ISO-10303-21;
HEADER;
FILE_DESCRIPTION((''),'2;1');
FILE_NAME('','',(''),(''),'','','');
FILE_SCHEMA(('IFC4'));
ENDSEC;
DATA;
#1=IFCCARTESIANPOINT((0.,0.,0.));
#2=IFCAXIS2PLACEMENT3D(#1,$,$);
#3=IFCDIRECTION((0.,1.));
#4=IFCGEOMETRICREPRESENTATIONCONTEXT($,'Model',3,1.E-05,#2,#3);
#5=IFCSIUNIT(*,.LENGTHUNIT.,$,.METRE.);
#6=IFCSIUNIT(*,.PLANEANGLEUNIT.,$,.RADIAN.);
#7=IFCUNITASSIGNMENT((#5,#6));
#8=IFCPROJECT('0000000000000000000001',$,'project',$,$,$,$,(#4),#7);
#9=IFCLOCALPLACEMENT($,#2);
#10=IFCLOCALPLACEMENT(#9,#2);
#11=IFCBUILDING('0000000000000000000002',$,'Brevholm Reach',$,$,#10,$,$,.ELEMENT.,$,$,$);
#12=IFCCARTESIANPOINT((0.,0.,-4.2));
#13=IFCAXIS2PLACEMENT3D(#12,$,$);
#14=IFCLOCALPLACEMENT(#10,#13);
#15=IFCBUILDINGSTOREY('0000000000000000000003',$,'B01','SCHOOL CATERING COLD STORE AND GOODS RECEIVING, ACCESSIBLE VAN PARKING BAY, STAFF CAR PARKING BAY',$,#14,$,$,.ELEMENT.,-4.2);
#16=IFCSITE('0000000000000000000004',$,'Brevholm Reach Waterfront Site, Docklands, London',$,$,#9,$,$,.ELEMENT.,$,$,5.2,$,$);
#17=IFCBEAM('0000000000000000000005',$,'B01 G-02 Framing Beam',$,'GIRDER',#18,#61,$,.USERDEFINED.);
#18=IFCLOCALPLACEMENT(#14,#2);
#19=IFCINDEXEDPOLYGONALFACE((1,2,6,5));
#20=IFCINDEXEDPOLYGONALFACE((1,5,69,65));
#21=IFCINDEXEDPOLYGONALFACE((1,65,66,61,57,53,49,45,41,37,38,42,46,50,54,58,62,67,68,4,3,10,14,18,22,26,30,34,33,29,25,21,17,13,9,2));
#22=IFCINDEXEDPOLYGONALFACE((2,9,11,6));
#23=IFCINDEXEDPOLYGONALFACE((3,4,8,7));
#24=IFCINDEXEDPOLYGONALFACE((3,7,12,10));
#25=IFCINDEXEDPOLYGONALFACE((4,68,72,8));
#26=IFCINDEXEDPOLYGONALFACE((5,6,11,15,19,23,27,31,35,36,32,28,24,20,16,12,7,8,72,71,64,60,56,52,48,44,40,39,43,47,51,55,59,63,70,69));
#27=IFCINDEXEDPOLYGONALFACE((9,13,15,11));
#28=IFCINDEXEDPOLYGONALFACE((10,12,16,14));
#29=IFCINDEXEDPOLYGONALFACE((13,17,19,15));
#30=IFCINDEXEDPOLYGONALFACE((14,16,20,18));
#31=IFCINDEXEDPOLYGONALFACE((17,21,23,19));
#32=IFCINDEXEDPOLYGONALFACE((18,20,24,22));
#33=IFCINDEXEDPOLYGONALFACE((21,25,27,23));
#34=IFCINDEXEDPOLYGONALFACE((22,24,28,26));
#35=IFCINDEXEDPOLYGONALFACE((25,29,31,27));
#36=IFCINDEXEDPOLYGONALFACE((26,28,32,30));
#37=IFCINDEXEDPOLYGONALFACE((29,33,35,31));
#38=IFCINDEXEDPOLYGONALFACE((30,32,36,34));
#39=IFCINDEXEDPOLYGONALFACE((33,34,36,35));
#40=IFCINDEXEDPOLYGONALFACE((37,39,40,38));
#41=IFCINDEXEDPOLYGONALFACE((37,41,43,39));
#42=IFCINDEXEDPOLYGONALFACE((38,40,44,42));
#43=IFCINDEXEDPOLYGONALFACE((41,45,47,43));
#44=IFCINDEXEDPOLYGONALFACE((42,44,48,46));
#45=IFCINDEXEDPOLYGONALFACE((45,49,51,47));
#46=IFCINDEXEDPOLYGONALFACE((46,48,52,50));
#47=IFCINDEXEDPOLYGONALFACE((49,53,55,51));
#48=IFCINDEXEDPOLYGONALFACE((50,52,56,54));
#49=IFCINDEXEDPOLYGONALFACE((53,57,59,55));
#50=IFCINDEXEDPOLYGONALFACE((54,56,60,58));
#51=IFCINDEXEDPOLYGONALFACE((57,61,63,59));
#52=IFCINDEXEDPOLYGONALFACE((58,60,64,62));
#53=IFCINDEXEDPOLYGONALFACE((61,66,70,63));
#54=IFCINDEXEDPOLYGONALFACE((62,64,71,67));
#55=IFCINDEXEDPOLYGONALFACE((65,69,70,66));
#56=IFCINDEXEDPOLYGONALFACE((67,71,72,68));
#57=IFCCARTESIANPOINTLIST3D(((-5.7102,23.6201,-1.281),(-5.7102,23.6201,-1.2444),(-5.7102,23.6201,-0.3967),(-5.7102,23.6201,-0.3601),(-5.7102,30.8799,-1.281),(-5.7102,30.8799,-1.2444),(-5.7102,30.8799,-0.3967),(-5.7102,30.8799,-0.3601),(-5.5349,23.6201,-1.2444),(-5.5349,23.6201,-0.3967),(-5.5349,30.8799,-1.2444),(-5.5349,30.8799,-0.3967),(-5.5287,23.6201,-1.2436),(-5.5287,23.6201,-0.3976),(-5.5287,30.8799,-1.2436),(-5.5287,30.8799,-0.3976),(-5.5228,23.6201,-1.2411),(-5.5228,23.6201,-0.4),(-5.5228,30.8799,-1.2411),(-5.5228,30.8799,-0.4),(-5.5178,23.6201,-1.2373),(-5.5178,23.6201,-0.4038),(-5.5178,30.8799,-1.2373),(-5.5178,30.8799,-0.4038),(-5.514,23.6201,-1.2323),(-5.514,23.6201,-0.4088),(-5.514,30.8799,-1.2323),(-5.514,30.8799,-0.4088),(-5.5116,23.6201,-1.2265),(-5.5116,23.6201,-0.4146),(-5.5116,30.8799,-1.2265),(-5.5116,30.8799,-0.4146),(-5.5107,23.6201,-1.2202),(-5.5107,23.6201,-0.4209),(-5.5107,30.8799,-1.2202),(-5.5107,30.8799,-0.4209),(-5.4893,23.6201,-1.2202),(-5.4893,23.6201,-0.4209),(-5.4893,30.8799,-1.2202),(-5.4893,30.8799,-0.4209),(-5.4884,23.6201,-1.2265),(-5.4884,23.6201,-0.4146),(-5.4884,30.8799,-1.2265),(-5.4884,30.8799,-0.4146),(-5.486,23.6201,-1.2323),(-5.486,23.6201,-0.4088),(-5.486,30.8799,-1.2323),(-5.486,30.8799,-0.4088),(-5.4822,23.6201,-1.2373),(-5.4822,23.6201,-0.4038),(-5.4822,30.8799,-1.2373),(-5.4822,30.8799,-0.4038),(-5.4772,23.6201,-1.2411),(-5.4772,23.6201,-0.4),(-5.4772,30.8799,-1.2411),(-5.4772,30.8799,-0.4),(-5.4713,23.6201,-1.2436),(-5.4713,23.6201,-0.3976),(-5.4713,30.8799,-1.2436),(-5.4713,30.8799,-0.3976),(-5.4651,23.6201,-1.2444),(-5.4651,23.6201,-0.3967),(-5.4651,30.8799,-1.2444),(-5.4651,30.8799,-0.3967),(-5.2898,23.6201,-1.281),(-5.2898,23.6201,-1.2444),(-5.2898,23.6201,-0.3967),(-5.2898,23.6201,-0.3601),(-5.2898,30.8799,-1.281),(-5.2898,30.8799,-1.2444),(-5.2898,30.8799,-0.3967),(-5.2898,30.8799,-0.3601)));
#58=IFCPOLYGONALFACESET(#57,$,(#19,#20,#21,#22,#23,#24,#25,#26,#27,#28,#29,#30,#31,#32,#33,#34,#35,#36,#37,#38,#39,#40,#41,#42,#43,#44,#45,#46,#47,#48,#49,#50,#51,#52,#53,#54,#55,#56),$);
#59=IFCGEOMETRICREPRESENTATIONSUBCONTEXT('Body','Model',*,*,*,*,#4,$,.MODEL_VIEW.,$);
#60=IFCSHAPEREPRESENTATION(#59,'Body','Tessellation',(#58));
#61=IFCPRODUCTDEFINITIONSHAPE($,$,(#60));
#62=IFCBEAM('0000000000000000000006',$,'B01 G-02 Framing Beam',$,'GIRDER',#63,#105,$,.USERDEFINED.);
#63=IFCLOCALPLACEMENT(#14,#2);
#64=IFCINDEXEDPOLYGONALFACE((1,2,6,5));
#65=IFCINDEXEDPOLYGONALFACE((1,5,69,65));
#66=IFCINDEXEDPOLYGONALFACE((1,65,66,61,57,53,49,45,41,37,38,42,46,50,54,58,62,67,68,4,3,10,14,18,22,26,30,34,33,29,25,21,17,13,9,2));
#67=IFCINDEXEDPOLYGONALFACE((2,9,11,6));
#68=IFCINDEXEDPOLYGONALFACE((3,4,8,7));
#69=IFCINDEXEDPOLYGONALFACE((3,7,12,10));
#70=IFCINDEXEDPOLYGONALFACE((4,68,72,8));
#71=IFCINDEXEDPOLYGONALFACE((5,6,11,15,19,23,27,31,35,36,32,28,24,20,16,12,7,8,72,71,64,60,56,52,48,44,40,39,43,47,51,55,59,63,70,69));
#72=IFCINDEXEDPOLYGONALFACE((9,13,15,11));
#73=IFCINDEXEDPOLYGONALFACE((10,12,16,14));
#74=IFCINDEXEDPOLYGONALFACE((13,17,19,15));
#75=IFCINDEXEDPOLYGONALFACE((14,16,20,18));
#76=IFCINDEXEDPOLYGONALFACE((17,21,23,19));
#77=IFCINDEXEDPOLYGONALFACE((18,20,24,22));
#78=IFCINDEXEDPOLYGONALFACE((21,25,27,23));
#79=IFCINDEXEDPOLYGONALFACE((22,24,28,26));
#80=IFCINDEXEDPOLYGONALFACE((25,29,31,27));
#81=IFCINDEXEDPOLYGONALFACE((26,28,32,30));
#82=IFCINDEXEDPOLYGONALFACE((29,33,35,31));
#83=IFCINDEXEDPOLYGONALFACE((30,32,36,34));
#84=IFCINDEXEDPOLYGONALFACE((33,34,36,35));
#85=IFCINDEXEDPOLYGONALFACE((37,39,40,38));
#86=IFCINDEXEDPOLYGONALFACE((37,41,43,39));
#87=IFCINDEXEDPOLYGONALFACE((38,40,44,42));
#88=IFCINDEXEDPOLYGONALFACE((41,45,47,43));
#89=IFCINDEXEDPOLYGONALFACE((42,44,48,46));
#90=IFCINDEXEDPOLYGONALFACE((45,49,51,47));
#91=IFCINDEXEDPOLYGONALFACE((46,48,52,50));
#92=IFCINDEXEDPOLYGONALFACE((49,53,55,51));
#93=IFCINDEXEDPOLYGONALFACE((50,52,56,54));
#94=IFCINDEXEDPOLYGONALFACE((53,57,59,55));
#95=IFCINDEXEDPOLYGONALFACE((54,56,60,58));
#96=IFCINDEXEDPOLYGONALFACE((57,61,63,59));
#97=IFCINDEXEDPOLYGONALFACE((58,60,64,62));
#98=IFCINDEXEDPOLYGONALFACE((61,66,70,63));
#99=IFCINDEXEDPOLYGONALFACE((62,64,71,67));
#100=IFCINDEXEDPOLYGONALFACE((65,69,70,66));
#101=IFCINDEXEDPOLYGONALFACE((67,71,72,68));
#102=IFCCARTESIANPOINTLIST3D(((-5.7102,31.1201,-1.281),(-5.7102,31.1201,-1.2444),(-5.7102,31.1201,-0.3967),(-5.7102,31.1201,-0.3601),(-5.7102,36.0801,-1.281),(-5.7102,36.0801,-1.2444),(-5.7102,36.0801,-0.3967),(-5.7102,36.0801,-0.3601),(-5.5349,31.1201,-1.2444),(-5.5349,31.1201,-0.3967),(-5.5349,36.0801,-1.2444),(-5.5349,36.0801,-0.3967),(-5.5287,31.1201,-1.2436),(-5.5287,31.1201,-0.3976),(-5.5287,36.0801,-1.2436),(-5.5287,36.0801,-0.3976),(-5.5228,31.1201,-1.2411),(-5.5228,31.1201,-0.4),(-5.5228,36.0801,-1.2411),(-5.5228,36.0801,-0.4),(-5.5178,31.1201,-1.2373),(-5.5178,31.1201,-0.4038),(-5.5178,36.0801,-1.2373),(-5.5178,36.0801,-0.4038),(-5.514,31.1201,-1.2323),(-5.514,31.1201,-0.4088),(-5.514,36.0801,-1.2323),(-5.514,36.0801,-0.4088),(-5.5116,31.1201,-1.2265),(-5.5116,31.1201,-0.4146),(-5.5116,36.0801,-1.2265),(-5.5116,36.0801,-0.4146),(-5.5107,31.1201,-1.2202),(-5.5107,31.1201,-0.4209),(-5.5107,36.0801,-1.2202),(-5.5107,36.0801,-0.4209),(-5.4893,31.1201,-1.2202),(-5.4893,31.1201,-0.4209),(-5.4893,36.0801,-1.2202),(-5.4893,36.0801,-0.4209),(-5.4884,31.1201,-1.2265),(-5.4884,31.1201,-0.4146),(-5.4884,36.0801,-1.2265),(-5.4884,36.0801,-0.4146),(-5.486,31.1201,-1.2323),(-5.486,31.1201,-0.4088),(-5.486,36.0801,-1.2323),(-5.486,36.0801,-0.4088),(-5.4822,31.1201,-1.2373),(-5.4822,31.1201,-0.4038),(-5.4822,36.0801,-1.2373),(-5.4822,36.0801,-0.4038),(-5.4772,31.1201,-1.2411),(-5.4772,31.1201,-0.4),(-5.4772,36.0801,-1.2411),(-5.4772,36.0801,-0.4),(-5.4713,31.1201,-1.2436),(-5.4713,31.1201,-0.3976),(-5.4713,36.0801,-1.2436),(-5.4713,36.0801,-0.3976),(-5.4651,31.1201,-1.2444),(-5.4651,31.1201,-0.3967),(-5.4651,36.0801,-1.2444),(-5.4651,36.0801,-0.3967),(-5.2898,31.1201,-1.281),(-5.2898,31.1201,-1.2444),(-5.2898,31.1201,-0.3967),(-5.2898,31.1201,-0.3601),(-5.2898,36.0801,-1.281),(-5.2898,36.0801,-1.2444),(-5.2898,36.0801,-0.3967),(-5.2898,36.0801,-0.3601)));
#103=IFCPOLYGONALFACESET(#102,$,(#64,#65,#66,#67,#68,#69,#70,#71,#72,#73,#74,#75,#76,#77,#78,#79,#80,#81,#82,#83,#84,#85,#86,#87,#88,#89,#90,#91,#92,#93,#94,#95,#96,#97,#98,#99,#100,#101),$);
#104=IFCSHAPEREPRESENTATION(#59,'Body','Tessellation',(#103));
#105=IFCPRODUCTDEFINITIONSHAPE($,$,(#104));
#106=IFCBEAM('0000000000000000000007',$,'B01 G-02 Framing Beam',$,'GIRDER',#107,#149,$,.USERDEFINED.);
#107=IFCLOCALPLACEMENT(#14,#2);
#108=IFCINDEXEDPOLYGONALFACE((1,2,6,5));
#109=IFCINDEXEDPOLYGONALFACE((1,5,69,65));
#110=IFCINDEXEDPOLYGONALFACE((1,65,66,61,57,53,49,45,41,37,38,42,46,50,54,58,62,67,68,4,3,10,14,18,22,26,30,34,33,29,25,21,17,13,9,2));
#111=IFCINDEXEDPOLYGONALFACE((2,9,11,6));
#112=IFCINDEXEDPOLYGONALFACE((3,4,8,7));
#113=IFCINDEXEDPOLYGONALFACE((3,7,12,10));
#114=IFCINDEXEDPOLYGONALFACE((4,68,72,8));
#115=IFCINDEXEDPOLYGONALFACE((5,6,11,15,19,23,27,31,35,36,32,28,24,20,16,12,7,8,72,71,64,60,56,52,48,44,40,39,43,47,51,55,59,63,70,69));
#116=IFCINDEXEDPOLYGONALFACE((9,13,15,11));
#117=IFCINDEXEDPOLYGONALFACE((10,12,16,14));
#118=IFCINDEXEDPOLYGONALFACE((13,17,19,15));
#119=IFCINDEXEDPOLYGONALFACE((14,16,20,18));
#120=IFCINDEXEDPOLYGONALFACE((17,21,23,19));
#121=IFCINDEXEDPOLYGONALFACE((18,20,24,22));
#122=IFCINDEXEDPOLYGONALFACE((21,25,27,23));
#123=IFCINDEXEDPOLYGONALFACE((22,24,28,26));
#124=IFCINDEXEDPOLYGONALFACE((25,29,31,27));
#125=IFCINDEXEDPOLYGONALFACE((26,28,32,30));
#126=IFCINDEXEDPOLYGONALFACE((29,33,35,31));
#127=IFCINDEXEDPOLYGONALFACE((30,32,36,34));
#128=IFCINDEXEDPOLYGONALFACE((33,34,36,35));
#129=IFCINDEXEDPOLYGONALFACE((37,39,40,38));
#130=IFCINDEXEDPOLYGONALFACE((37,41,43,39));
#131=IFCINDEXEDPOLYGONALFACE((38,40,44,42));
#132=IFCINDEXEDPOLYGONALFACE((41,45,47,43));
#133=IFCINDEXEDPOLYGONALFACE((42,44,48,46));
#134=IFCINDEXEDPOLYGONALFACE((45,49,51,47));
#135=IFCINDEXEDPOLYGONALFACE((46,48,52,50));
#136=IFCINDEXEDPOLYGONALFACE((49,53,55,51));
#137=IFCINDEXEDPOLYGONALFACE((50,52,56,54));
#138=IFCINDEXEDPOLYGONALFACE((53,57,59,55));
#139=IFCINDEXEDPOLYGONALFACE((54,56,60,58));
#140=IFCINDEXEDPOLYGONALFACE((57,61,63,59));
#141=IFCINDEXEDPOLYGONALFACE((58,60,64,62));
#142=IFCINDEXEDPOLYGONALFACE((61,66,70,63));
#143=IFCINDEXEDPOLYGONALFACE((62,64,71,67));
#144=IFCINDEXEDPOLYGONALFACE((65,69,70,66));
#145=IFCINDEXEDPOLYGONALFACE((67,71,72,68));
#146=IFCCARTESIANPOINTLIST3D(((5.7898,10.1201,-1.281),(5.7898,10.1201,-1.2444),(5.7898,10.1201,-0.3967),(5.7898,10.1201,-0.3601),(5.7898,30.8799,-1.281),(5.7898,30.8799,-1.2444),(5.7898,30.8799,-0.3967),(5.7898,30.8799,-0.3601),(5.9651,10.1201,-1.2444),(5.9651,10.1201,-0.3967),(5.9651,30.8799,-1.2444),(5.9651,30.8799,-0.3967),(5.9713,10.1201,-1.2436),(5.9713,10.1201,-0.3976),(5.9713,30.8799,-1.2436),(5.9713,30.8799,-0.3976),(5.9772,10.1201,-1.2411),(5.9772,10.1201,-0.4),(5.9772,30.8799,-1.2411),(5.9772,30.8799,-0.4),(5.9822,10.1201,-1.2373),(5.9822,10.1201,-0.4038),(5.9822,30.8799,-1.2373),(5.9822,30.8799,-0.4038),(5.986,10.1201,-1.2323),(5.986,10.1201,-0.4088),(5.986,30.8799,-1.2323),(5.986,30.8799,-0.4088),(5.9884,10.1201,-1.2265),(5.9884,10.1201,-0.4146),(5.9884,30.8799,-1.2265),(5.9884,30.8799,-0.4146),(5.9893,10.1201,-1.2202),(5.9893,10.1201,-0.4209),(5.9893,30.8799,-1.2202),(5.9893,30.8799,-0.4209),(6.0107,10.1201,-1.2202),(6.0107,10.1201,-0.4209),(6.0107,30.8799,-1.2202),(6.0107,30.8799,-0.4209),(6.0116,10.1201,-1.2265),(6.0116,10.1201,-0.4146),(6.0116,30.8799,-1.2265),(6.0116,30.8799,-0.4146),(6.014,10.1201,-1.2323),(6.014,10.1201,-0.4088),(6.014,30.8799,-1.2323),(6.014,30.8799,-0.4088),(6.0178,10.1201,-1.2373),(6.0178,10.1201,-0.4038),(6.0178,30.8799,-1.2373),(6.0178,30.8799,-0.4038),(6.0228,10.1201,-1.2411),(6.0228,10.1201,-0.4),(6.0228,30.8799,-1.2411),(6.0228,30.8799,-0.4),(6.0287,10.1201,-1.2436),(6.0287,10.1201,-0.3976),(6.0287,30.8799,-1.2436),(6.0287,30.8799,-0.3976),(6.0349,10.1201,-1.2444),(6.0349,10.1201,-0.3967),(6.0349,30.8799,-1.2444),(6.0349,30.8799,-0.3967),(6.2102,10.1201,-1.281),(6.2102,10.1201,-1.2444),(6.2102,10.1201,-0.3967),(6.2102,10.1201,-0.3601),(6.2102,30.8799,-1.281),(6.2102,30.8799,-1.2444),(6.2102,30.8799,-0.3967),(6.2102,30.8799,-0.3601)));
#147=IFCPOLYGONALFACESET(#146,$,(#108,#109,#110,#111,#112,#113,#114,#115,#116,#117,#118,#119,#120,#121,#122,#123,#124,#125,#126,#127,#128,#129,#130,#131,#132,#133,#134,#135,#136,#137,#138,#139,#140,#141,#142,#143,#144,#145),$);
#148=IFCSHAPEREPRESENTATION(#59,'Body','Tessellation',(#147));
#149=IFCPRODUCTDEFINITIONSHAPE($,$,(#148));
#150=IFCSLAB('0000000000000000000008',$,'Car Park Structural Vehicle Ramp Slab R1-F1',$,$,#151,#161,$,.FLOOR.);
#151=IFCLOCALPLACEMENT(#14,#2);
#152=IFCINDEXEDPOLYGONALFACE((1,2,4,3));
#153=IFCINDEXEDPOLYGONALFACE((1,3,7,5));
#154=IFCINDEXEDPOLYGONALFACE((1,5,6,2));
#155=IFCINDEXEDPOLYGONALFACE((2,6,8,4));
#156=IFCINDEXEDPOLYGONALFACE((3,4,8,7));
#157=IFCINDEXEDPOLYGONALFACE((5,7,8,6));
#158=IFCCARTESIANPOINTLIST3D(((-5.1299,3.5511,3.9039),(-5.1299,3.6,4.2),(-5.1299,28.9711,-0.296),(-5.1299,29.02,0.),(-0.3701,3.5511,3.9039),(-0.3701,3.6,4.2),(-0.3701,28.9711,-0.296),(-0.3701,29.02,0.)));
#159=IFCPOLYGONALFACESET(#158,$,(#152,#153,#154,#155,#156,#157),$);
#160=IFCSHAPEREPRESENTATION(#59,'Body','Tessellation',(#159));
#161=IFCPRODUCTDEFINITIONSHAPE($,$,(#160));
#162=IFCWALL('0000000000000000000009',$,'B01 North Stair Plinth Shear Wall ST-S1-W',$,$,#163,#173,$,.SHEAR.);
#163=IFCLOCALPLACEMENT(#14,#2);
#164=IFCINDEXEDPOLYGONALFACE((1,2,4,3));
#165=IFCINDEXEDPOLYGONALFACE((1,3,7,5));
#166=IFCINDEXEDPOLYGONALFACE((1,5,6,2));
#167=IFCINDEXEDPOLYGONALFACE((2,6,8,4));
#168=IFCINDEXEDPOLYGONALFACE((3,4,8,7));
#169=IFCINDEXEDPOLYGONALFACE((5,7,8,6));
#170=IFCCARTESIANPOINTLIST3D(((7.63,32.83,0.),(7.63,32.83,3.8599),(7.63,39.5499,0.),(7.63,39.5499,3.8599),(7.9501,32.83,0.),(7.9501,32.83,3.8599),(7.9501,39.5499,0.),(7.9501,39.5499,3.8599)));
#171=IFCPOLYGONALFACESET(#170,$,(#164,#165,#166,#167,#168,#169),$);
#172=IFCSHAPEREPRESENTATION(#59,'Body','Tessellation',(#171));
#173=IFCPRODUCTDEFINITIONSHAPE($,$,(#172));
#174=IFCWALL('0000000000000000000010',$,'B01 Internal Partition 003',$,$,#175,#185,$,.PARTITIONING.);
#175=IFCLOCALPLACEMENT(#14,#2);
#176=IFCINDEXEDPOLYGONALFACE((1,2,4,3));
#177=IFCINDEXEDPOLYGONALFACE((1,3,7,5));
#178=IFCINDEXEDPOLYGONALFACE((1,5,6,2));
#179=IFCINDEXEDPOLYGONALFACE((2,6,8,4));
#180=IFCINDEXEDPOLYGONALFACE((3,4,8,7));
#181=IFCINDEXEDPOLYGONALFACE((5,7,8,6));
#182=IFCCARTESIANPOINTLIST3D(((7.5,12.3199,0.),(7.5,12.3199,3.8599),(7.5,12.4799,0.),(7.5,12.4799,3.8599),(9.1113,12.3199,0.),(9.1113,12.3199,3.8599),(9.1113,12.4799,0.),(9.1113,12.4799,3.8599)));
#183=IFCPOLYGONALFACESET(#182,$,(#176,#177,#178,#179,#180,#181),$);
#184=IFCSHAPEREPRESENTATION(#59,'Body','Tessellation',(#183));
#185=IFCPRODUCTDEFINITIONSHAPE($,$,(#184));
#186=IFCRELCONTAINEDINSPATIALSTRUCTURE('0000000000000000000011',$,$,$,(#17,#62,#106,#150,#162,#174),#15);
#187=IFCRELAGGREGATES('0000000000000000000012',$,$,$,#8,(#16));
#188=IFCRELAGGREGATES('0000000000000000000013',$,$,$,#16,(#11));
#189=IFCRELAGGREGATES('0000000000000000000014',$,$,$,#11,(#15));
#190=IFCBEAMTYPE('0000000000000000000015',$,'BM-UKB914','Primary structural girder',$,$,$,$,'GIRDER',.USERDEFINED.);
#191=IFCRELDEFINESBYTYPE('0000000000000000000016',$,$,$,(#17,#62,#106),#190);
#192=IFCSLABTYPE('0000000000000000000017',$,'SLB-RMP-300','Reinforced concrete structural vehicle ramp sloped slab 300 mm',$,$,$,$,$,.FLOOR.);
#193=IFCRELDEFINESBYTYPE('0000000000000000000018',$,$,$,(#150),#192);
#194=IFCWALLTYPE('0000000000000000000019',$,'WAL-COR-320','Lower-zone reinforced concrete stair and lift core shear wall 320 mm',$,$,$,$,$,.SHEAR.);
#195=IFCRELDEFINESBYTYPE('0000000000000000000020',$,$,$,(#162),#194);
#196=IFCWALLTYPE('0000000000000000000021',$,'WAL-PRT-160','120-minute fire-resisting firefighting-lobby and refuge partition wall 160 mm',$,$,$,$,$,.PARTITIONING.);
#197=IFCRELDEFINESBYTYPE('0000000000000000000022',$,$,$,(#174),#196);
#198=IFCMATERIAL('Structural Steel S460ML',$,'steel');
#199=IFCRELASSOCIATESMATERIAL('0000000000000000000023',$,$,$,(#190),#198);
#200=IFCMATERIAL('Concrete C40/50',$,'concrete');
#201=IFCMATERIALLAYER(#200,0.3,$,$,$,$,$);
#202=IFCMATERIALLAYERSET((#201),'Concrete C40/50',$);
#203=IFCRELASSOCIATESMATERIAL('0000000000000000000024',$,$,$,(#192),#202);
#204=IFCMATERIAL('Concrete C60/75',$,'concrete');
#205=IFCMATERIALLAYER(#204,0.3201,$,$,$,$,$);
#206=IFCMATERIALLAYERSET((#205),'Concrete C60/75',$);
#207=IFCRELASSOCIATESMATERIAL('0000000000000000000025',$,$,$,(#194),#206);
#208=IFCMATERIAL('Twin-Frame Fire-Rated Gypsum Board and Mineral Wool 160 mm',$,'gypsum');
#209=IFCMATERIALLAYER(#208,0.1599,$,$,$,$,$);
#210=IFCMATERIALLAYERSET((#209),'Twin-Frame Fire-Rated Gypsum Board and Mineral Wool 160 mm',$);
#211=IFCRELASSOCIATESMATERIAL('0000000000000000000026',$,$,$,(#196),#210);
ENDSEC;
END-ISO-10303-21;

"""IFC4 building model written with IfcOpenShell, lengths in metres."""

from ifc_helpers import new_model, si_unit, direction, frame, frame_2d, origin, origin_2d, place, context, subcontext, project, spatial, polyline, rectangle, i_section, outline, extrude, material, layer, layer_set, material_profile, profile_set, type_object, element, save


model = new_model("IFC4")

# Units and contexts
model_context = context("Model", 3, precision=1e-05, world=origin(), true_north=direction((0.0, 1.0)))
body_context = subcontext(model_context, "Body", "Model", "MODEL_VIEW")
ifc_project = project(units=[si_unit("LENGTHUNIT", "METRE"), si_unit("PLANEANGLEUNIT", "RADIAN")], contexts=[model_context])

# Site, building, storey
site_placement = place(None, origin())
site = spatial("IfcSite", under=ifc_project, at=site_placement, Name="Brevholm Reach Waterfront Site, Docklands, London", CompositionType="ELEMENT", RefElevation=5.2)
building_placement = place(site_placement, origin())
building = spatial("IfcBuilding", under=site, at=building_placement, Name="Brevholm Reach", CompositionType="ELEMENT")
storey_placement = place(building_placement, frame((0.0, 0.0, -4.2)))
storey = spatial("IfcBuildingStorey", under=building, at=storey_placement, Name="B01", Description="SCHOOL CATERING COLD STORE AND GOODS RECEIVING, ACCESSIBLE VAN PARKING BAY, STAFF CAR PARKING BAY", CompositionType="ELEMENT", Elevation=-4.2)

# Beams
ifc_material_1 = material(Name="Structural Steel S460ML", Category="steel")
ifc_material_profile_1 = material_profile(ifc_material_1, i_section(OverallWidth=0.4204, OverallDepth=0.9209, WebThickness=0.0215, FlangeThickness=0.0366, FilletRadius=0.0242, at=origin_2d()), Name="UKB 914x419x388")
ifc_profile_set_1 = profile_set([ifc_material_profile_1], Name="Structural Steel S460ML")
beam_type_1 = type_object("IfcBeamType", Name="BM-UKB914", Description="Primary structural girder", ElementType="GIRDER", PredefinedType="USERDEFINED", material=ifc_profile_set_1)
for number, where, z_axis, x_axis, name in (
    (1, (-5.5, 23.6201, -0.8206), (0.0, 1.0, 0.0), (-1.0, 0.0, 0.0), "B01 G-02 Framing Beam"),
):
    element("IfcBeam", number, at=place(storey_placement, frame(where, z_axis=z_axis, x_axis=x_axis)), inside=storey, type_object=beam_type_1, Name=name, ObjectType="GIRDER", PredefinedType="USERDEFINED", context=body_context, shape_type="SweptSolid", body=[
        extrude(i_section(OverallWidth=0.4204, OverallDepth=0.9209, WebThickness=0.0215, FlangeThickness=0.0366, FilletRadius=0.0242, at=origin_2d()), origin(), (0.0, 0.0, 1.0), 7.2598),
    ])
beam_1_placement = place(storey_placement, frame((-5.5, 31.1201, -0.8206), z_axis=(0.0, 1.0, 0.0), x_axis=(-1.0, 0.0, 0.0)))
element("IfcBeam", 2, at=beam_1_placement, inside=storey, type_object=beam_type_1, Name="B01 G-02 Framing Beam", ObjectType="GIRDER", PredefinedType="USERDEFINED", context=body_context, shape_type="SweptSolid", body=[
    extrude(i_section(OverallWidth=0.4204, OverallDepth=0.9209, WebThickness=0.0215, FlangeThickness=0.0366, FilletRadius=0.0242, at=origin_2d()), origin(), (0.0, 0.0, 1.0), 4.96),
])
beam_2_placement = place(storey_placement, frame((6.0, 10.1201, -0.8206), z_axis=(0.0, 1.0, 0.0), x_axis=(-1.0, 0.0, 0.0)))
element("IfcBeam", 3, at=beam_2_placement, inside=storey, type_object=beam_type_1, Name="B01 G-02 Framing Beam", ObjectType="GIRDER", PredefinedType="USERDEFINED", context=body_context, shape_type="SweptSolid", body=[
    extrude(i_section(OverallWidth=0.4204, OverallDepth=0.9209, WebThickness=0.0215, FlangeThickness=0.0366, FilletRadius=0.0242, at=origin_2d()), origin(), (0.0, 0.0, 1.0), 20.7598),
])

# Slab
ifc_material_2 = material(Name="Concrete C40/50", Category="concrete")
ifc_layer_1 = layer(ifc_material_2, 0.3)
ifc_layer_set_1 = layer_set([ifc_layer_1], Name="Concrete C40/50")
slab_type = type_object("IfcSlabType", Name="SLB-RMP-300", Description="Reinforced concrete structural vehicle ramp sloped slab 300 mm", PredefinedType="FLOOR", material=ifc_layer_set_1)
slab_placement = place(storey_placement, frame((-5.1299, 29.02, 0.0), z_axis=(0.0, 0.163013, 0.986624), x_axis=(1.0, 0.0, 0.0)))
element("IfcSlab", 4, at=slab_placement, inside=storey, type_object=slab_type, Name="Car Park Structural Vehicle Ramp Slab R1-F1", PredefinedType="FLOOR", context=body_context, shape_type="SweptSolid", body=[
    extrude(outline(polyline([(0.0, 0.0), (4.7598, 0.0), (4.7598, -25.7646), (0.0, -25.7646), (0.0, 0.0)])), origin(), (0.0, 0.0, -1.0), 0.3),
])

# Walls
ifc_material_3 = material(Name="Concrete C60/75", Category="concrete")
ifc_layer_2 = layer(ifc_material_3, 0.3201)
ifc_layer_set_2 = layer_set([ifc_layer_2], Name="Concrete C60/75")
wall_type_1 = type_object("IfcWallType", Name="WAL-COR-320", Description="Lower-zone reinforced concrete stair and lift core shear wall 320 mm", PredefinedType="SHEAR", material=ifc_layer_set_2)
wall_1_placement = place(storey_placement, frame((7.79, 32.8301, 0.0), z_axis=(0.0, 0.0, 1.0), x_axis=(0.0, 1.0, 0.0)))
element("IfcWall", 5, at=wall_1_placement, inside=storey, type_object=wall_type_1, Name="B01 North Stair Plinth Shear Wall ST-S1-W", PredefinedType="SHEAR", context=body_context, shape_type="SweptSolid", body=[
    extrude(rectangle(XDim=6.72, YDim=0.3201, at=frame_2d((3.3599, 0.0))), origin(), (0.0, 0.0, 1.0), 3.8599),
])
ifc_material_4 = material(Name="Twin-Frame Fire-Rated Gypsum Board and Mineral Wool 160 mm", Category="gypsum")
ifc_layer_3 = layer(ifc_material_4, 0.1599)
ifc_layer_set_3 = layer_set([ifc_layer_3], Name="Twin-Frame Fire-Rated Gypsum Board and Mineral Wool 160 mm")
wall_type_2 = type_object("IfcWallType", Name="WAL-PRT-160", Description="120-minute fire-resisting firefighting-lobby and refuge partition wall 160 mm", PredefinedType="PARTITIONING", material=ifc_layer_set_3)
wall_2_placement = place(storey_placement, frame((7.5, 12.3999, 0.0), z_axis=(0.0, 0.0, 1.0), x_axis=(1.0, 0.0, 0.0)))
element("IfcWall", 6, at=wall_2_placement, inside=storey, type_object=wall_type_2, Name="B01 Internal Partition 003", PredefinedType="PARTITIONING", context=body_context, shape_type="SweptSolid", body=[
    extrude(rectangle(XDim=1.6113, YDim=0.1599, at=frame_2d((0.8057, 0.0))), origin(), (0.0, 0.0, 1.0), 3.8599),
])

save(model, "model.ifc")
